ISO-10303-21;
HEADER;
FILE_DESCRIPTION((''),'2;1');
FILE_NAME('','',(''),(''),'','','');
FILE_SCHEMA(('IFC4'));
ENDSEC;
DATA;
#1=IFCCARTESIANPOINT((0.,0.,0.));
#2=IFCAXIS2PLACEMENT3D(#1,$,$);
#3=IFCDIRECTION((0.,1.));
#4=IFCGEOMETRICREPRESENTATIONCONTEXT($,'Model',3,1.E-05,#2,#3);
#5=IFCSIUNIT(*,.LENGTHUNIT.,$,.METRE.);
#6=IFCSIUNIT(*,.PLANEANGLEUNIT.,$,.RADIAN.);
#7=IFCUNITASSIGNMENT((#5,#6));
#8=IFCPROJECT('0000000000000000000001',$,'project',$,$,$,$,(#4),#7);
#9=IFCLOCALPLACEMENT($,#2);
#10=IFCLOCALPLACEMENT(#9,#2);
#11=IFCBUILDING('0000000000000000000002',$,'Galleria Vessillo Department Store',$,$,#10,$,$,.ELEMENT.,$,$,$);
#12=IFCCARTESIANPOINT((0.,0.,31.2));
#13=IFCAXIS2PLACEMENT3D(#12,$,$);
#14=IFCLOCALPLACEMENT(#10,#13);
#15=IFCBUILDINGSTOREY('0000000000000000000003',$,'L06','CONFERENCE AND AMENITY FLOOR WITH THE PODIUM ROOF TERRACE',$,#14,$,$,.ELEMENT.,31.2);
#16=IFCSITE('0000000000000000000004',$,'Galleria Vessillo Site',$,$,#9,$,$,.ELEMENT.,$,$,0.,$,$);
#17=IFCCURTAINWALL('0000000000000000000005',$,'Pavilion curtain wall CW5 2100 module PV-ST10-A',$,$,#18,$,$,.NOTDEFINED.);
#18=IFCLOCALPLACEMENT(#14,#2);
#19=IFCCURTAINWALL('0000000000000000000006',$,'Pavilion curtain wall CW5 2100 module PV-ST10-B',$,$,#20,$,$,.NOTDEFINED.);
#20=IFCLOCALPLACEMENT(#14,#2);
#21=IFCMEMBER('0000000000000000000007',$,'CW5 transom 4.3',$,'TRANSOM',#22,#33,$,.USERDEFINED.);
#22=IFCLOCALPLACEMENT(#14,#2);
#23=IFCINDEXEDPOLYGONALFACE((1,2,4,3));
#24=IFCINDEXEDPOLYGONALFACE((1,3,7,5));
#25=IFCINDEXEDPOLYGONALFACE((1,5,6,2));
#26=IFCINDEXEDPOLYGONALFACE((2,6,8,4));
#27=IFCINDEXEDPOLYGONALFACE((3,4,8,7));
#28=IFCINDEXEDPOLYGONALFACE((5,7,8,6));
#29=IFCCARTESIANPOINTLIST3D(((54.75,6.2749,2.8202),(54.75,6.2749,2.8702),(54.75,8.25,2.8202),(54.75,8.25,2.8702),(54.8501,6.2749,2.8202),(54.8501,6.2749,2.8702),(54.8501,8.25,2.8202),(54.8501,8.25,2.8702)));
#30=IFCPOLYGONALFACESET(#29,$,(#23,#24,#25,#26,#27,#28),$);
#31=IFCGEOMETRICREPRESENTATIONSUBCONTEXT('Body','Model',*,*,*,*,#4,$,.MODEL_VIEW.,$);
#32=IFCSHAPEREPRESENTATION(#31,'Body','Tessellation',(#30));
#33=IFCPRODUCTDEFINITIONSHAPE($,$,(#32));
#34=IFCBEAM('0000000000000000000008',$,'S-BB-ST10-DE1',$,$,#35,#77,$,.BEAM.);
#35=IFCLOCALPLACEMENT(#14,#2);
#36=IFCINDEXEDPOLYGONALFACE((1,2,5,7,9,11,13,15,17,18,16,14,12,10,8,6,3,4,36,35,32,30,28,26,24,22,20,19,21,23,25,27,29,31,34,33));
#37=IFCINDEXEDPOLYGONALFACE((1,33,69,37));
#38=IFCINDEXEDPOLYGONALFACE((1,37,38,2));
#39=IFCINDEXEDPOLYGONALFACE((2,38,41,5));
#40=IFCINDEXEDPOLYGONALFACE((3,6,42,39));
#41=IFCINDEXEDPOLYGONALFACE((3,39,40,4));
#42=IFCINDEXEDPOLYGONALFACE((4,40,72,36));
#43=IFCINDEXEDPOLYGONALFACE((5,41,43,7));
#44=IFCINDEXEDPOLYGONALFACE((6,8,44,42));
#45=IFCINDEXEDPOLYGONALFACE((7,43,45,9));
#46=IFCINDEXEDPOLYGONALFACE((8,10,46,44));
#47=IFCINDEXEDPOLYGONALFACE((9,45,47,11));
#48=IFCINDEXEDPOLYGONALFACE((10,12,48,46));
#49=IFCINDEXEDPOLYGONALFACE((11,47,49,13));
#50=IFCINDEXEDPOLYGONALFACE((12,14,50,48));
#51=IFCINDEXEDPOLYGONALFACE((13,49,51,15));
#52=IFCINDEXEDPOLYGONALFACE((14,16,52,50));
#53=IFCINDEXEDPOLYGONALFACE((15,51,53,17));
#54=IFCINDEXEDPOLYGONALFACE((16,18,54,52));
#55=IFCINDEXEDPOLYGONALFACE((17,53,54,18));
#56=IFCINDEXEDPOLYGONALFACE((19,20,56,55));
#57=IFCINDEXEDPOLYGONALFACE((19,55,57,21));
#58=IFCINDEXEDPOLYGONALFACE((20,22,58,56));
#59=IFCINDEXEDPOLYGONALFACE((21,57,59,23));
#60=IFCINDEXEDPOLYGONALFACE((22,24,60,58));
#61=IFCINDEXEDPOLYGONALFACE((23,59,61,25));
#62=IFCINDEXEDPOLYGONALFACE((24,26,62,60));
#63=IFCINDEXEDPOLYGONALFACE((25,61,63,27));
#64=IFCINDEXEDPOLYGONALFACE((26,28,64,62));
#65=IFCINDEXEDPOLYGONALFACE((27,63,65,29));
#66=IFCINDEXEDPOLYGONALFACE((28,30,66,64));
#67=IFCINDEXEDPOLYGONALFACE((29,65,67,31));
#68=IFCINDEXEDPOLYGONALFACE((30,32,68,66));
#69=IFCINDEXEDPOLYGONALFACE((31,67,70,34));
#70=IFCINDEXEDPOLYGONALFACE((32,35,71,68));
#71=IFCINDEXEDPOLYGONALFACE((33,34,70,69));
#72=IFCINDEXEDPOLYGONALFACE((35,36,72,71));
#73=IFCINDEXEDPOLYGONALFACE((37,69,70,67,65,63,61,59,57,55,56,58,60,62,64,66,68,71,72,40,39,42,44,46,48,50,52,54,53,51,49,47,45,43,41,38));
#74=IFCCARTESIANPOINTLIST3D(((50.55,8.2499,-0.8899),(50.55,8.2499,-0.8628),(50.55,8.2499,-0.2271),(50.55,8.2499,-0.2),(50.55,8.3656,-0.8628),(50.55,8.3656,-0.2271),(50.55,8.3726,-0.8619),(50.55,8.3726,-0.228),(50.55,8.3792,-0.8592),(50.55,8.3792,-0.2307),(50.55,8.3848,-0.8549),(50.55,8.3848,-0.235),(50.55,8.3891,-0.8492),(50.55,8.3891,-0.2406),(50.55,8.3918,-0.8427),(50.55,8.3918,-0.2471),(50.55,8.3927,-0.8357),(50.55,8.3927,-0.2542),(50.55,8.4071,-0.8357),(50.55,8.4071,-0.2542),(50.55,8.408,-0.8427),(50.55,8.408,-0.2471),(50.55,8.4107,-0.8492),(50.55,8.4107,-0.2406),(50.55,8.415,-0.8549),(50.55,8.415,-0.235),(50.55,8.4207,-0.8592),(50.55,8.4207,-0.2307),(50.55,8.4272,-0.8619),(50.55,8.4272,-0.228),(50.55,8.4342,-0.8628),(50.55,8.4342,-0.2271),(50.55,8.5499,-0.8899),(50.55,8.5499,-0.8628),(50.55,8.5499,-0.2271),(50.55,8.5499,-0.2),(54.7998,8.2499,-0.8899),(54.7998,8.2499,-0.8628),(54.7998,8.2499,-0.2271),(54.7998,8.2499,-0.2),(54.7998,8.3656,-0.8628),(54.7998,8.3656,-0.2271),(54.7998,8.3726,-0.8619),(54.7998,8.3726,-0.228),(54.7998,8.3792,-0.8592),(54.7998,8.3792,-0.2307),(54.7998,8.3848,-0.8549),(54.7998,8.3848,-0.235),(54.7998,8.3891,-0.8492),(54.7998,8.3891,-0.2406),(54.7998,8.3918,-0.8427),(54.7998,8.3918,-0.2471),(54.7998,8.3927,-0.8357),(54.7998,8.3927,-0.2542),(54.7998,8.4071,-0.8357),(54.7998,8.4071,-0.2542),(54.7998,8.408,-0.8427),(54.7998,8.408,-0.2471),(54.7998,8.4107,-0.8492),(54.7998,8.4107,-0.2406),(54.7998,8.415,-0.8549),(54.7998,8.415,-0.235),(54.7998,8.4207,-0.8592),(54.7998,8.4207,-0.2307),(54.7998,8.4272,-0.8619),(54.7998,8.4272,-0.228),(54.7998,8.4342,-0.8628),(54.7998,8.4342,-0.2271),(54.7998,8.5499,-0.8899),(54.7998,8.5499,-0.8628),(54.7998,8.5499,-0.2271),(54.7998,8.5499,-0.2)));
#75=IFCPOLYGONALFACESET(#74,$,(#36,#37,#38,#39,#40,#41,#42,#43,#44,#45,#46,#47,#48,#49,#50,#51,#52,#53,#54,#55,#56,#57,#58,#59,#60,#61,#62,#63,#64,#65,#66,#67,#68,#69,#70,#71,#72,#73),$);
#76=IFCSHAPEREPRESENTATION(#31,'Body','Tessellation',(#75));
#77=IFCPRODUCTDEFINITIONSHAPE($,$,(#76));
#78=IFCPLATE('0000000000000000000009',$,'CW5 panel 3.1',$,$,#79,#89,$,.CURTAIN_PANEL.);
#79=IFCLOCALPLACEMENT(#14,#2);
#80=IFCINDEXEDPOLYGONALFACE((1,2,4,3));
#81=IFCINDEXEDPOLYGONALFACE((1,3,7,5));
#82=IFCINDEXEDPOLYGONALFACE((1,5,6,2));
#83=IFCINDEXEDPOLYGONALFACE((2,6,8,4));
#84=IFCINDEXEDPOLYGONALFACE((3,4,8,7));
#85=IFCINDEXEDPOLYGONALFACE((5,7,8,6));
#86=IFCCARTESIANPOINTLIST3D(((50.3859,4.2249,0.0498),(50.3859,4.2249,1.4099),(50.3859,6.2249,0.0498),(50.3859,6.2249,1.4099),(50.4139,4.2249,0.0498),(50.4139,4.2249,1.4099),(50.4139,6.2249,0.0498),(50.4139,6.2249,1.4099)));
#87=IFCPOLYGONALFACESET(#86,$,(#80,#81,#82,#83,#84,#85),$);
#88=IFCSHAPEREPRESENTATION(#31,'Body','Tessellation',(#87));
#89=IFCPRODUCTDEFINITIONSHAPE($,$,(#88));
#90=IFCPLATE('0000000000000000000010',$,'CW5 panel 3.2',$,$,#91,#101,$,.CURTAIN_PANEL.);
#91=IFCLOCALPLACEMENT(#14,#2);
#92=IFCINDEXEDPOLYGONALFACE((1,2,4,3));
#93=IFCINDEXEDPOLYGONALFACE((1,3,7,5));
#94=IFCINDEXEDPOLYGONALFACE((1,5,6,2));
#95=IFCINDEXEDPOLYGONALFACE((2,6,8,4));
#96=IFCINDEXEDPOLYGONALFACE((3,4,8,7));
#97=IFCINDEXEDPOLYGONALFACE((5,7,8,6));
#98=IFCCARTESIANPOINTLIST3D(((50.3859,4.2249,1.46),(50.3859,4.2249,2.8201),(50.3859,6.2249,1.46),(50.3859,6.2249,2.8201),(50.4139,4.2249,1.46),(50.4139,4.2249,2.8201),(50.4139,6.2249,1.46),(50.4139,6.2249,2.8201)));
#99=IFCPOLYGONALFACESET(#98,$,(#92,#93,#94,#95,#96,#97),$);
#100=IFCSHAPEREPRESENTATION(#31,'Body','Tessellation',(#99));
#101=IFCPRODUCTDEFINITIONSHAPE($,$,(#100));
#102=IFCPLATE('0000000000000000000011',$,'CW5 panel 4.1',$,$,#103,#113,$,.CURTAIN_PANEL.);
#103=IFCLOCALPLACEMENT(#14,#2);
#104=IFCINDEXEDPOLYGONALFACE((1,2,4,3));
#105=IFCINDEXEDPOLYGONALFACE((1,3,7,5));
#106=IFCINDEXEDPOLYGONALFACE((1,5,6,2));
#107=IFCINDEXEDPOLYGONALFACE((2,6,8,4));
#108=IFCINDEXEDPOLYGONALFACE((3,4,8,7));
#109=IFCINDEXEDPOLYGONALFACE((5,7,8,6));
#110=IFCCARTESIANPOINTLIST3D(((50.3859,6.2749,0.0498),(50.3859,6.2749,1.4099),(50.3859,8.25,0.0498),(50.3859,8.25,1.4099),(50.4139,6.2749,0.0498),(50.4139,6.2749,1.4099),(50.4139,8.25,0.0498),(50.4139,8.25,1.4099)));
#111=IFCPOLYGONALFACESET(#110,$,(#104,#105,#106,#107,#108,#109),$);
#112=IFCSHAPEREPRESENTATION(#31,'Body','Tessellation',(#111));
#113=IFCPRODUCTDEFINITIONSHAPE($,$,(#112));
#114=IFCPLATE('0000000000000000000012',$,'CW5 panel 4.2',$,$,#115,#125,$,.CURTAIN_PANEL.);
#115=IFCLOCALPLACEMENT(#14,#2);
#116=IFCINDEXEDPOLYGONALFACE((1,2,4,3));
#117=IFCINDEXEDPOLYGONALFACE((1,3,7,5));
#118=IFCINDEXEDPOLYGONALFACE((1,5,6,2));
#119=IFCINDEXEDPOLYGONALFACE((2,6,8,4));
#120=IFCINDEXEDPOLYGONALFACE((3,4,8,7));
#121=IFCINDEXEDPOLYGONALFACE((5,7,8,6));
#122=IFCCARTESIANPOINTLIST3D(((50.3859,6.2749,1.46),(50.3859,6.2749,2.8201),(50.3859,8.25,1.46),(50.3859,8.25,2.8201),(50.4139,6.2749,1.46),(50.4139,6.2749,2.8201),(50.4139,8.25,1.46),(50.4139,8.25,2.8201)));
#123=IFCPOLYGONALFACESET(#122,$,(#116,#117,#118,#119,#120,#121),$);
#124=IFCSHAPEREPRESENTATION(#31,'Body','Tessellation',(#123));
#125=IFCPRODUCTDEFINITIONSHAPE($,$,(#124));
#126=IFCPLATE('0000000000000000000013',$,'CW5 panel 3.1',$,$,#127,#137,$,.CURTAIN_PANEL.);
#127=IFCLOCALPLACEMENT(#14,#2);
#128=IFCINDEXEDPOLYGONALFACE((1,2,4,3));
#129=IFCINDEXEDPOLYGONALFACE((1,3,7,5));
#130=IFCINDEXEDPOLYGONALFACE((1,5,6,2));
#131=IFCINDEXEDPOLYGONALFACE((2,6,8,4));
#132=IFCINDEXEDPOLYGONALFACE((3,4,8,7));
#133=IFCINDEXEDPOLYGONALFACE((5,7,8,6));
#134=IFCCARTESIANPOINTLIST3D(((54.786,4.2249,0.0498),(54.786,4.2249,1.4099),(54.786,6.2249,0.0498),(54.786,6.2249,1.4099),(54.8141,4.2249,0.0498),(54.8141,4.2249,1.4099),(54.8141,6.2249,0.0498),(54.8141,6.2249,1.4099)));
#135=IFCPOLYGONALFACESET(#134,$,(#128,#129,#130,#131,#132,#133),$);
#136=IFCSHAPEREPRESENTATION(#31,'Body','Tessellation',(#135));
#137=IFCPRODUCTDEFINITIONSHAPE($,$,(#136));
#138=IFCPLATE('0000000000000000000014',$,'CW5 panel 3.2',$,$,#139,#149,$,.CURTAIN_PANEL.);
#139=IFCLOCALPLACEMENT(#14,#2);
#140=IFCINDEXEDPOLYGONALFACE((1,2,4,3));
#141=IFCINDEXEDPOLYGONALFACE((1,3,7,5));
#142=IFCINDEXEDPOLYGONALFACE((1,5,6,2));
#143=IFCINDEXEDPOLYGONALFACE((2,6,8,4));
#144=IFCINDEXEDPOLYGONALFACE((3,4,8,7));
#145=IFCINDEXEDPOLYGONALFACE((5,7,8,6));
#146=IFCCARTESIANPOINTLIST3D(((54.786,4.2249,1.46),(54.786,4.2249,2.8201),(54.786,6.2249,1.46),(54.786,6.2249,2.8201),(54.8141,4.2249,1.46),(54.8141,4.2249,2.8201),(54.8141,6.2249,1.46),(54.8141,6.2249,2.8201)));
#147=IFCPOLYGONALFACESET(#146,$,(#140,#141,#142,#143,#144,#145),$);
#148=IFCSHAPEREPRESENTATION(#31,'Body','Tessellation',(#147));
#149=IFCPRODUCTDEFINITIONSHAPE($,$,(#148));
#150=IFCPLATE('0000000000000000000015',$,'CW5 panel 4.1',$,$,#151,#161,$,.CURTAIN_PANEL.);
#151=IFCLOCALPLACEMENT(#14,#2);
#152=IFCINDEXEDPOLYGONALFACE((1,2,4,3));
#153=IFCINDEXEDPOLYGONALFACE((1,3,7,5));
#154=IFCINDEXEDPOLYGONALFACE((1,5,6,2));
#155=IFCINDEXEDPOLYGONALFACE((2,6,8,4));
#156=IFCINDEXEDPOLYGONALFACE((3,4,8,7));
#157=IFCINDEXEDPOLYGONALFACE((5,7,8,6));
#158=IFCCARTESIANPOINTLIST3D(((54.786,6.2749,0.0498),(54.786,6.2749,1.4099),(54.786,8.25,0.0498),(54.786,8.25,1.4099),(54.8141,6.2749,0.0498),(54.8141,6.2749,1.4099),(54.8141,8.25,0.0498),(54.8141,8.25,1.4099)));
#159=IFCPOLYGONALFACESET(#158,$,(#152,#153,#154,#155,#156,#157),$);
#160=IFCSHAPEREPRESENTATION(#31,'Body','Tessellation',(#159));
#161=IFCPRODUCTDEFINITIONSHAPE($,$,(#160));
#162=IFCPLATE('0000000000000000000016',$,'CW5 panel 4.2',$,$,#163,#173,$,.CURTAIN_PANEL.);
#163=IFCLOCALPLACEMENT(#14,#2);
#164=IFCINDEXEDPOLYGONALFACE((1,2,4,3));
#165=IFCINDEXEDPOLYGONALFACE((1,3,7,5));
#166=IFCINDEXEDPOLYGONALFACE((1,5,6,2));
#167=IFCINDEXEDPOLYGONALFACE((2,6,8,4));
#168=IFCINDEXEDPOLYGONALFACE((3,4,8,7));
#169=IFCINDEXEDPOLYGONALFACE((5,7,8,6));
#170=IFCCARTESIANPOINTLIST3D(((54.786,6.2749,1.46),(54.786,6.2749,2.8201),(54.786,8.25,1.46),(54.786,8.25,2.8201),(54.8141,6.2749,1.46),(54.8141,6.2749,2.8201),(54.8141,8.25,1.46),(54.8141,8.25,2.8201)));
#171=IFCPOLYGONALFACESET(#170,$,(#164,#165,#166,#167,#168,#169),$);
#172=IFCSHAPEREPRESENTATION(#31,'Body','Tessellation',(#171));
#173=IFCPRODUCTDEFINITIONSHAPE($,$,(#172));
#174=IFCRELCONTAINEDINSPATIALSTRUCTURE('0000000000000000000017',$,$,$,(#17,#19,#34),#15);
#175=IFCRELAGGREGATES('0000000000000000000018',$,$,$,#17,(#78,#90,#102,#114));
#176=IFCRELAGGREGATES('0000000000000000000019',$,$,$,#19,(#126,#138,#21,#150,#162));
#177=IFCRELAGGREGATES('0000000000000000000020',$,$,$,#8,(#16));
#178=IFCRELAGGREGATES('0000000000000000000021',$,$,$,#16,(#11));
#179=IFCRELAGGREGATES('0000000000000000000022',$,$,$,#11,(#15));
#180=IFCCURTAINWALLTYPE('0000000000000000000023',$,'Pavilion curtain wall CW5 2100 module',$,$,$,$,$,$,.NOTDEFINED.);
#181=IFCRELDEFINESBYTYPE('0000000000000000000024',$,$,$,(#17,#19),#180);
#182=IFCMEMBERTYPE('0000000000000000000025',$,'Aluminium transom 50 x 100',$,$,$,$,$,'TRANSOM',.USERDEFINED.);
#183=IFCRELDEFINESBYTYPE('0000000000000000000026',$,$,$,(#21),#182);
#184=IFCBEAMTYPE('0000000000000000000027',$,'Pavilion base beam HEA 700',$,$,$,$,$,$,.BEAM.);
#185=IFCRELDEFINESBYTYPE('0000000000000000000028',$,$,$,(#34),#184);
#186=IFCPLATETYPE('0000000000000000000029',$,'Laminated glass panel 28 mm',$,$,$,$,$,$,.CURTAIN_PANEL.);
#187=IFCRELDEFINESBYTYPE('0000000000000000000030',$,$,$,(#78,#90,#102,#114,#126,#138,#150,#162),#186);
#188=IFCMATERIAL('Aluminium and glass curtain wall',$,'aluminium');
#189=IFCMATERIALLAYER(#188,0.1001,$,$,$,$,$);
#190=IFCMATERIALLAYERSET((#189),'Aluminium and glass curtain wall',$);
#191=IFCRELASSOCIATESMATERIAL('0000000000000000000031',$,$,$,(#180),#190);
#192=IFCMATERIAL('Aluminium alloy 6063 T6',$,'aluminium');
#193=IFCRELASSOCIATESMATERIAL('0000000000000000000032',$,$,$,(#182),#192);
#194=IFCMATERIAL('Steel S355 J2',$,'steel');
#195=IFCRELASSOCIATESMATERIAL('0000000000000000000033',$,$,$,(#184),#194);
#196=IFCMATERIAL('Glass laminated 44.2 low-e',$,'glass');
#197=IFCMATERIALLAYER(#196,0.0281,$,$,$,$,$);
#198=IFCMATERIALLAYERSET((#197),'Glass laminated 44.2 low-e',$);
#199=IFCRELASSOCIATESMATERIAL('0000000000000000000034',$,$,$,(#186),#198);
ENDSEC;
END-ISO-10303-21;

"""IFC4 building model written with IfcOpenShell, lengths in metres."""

from ifc_helpers import new_model, si_unit, direction, frame, origin, origin_2d, place, context, subcontext, project, spatial, rectangle, i_section, extrude, material, layer, layer_set, material_profile, profile_set, type_object, element, aggregate, save


model = new_model("IFC4")

# Units and contexts
model_context = context("Model", 3, precision=1e-05, world=origin(), true_north=direction((0.0, 1.0)))
body_context = subcontext(model_context, "Body", "Model", "MODEL_VIEW")
ifc_project = project(units=[si_unit("LENGTHUNIT", "METRE"), si_unit("PLANEANGLEUNIT", "RADIAN")], contexts=[model_context])

# Site, building, storey
site_placement = place(None, origin())
site = spatial("IfcSite", under=ifc_project, at=site_placement, Name="Galleria Vessillo Site", CompositionType="ELEMENT", RefElevation=0.0)
building_placement = place(site_placement, origin())
building = spatial("IfcBuilding", under=site, at=building_placement, Name="Galleria Vessillo Department Store", CompositionType="ELEMENT")
storey_placement = place(building_placement, frame((0.0, 0.0, 31.2)))
storey = spatial("IfcBuildingStorey", under=building, at=storey_placement, Name="L06", Description="CONFERENCE AND AMENITY FLOOR WITH THE PODIUM ROOF TERRACE", CompositionType="ELEMENT", Elevation=31.2)

# Curtain walls
ifc_material_1 = material(Name="Aluminium and glass curtain wall", Category="aluminium")
ifc_layer_1 = layer(ifc_material_1, 0.1001)
ifc_layer_set_1 = layer_set([ifc_layer_1], Name="Aluminium and glass curtain wall")
curtain_wall_type = type_object("IfcCurtainWallType", Name="Pavilion curtain wall CW5 2100 module", PredefinedType="NOTDEFINED", material=ifc_layer_set_1)
curtain_wall_1_placement = place(storey_placement, origin())
curtain_wall_1 = element("IfcCurtainWall", 1, at=curtain_wall_1_placement, inside=storey, type_object=curtain_wall_type, Name="Pavilion curtain wall CW5 2100 module PV-ST10-A", PredefinedType="NOTDEFINED")
curtain_wall_2_placement = place(storey_placement, origin())
curtain_wall_2 = element("IfcCurtainWall", 2, at=curtain_wall_2_placement, inside=storey, type_object=curtain_wall_type, Name="Pavilion curtain wall CW5 2100 module PV-ST10-B", PredefinedType="NOTDEFINED")

# Member
ifc_material_2 = material(Name="Aluminium alloy 6063 T6", Category="aluminium")
ifc_material_profile_1 = material_profile(ifc_material_2, rectangle(XDim=0.1001, YDim=0.05, at=origin_2d()), Name="AL 50x100")
ifc_profile_set_1 = profile_set([ifc_material_profile_1], Name="Aluminium alloy 6063 T6")
member_type_1 = type_object("IfcMemberType", Name="Aluminium transom 50 x 100", ElementType="TRANSOM", PredefinedType="USERDEFINED", material=ifc_profile_set_1)
member_1_placement = place(storey_placement, frame((54.8, 6.2749, 2.8452), z_axis=(0.0, 1.0, 0.0), x_axis=(-1.0, 0.0, 0.0)))
member_1 = element("IfcMember", 3, at=member_1_placement, type_object=member_type_1, Name="CW5 transom 4.3", ObjectType="TRANSOM", PredefinedType="USERDEFINED", context=body_context, shape_type="SweptSolid", body=[
    extrude(rectangle(XDim=0.1001, YDim=0.05, at=origin_2d()), origin(), (0.0, 0.0, 1.0), 1.9751),
])

# Beam
ifc_material_3 = material(Name="Steel S355 J2", Category="steel")
ifc_material_profile_2 = material_profile(ifc_material_3, i_section(OverallWidth=0.3, OverallDepth=0.6899, WebThickness=0.0144, FlangeThickness=0.0271, FilletRadius=0.0271, at=origin_2d()), Name="HEA 700")
ifc_profile_set_2 = profile_set([ifc_material_profile_2], Name="Steel S355 J2")
beam_type = type_object("IfcBeamType", Name="Pavilion base beam HEA 700", PredefinedType="BEAM", material=ifc_profile_set_2)
beam_placement = place(storey_placement, frame((50.55, 8.3999, -0.5449), z_axis=(1.0, 0.0, 0.0), x_axis=(0.0, 1.0, 0.0)))
element("IfcBeam", 4, at=beam_placement, inside=storey, type_object=beam_type, Name="S-BB-ST10-DE1", PredefinedType="BEAM", context=body_context, shape_type="SweptSolid", body=[
    extrude(i_section(OverallWidth=0.3, OverallDepth=0.6899, WebThickness=0.0144, FlangeThickness=0.0271, FilletRadius=0.0271, at=origin_2d()), origin(), (0.0, 0.0, 1.0), 4.2498),
])

# Plates
ifc_material_4 = material(Name="Glass laminated 44.2 low-e", Category="glass")
ifc_layer_2 = layer(ifc_material_4, 0.0281)
ifc_layer_set_2 = layer_set([ifc_layer_2], Name="Glass laminated 44.2 low-e")
plate_type = type_object("IfcPlateType", Name="Laminated glass panel 28 mm", PredefinedType="CURTAIN_PANEL", material=ifc_layer_set_2)
plate_1_placement = place(storey_placement, frame((50.3999, 5.2249, 0.0498), z_axis=(0.0, 0.0, 1.0), x_axis=(0.0, 1.0, 0.0)))
plate_1 = element("IfcPlate", 5, at=plate_1_placement, type_object=plate_type, Name="CW5 panel 3.1", PredefinedType="CURTAIN_PANEL", context=body_context, shape_type="SweptSolid", body=[
    extrude(rectangle(XDim=2.0, YDim=0.0281, at=origin_2d()), origin(), (0.0, 0.0, 1.0), 1.3601),
])
plate_2_placement = place(storey_placement, frame((50.3999, 5.2249, 1.46), z_axis=(0.0, 0.0, 1.0), x_axis=(0.0, 1.0, 0.0)))
plate_2 = element("IfcPlate", 6, at=plate_2_placement, type_object=plate_type, Name="CW5 panel 3.2", PredefinedType="CURTAIN_PANEL", context=body_context, shape_type="SweptSolid", body=[
    extrude(rectangle(XDim=2.0, YDim=0.0281, at=origin_2d()), origin(), (0.0, 0.0, 1.0), 1.3601),
])
plate_3_placement = place(storey_placement, frame((50.3999, 7.2625, 0.0498), z_axis=(0.0, 0.0, 1.0), x_axis=(0.0, 1.0, 0.0)))
plate_3 = element("IfcPlate", 7, at=plate_3_placement, type_object=plate_type, Name="CW5 panel 4.1", PredefinedType="CURTAIN_PANEL", context=body_context, shape_type="SweptSolid", body=[
    extrude(rectangle(XDim=1.9751, YDim=0.0281, at=origin_2d()), origin(), (0.0, 0.0, 1.0), 1.3601),
])
plate_4_placement = place(storey_placement, frame((50.3999, 7.2625, 1.46), z_axis=(0.0, 0.0, 1.0), x_axis=(0.0, 1.0, 0.0)))
plate_4 = element("IfcPlate", 8, at=plate_4_placement, type_object=plate_type, Name="CW5 panel 4.2", PredefinedType="CURTAIN_PANEL", context=body_context, shape_type="SweptSolid", body=[
    extrude(rectangle(XDim=1.9751, YDim=0.0281, at=origin_2d()), origin(), (0.0, 0.0, 1.0), 1.3601),
])
aggregate(curtain_wall_1, [plate_1, plate_2, plate_3, plate_4])
plate_5_placement = place(storey_placement, frame((54.8, 5.2249, 0.0498), z_axis=(0.0, 0.0, 1.0), x_axis=(0.0, 1.0, 0.0)))
plate_5 = element("IfcPlate", 9, at=plate_5_placement, type_object=plate_type, Name="CW5 panel 3.1", PredefinedType="CURTAIN_PANEL", context=body_context, shape_type="SweptSolid", body=[
    extrude(rectangle(XDim=2.0, YDim=0.0281, at=origin_2d()), origin(), (0.0, 0.0, 1.0), 1.3601),
])
plate_6_placement = place(storey_placement, frame((54.8, 5.2249, 1.46), z_axis=(0.0, 0.0, 1.0), x_axis=(0.0, 1.0, 0.0)))
plate_6 = element("IfcPlate", 10, at=plate_6_placement, type_object=plate_type, Name="CW5 panel 3.2", PredefinedType="CURTAIN_PANEL", context=body_context, shape_type="SweptSolid", body=[
    extrude(rectangle(XDim=2.0, YDim=0.0281, at=origin_2d()), origin(), (0.0, 0.0, 1.0), 1.3601),
])
plate_7_placement = place(storey_placement, frame((54.8, 7.2625, 0.0498), z_axis=(0.0, 0.0, 1.0), x_axis=(0.0, 1.0, 0.0)))
plate_7 = element("IfcPlate", 11, at=plate_7_placement, type_object=plate_type, Name="CW5 panel 4.1", PredefinedType="CURTAIN_PANEL", context=body_context, shape_type="SweptSolid", body=[
    extrude(rectangle(XDim=1.9751, YDim=0.0281, at=origin_2d()), origin(), (0.0, 0.0, 1.0), 1.3601),
])
plate_8_placement = place(storey_placement, frame((54.8, 7.2625, 1.46), z_axis=(0.0, 0.0, 1.0), x_axis=(0.0, 1.0, 0.0)))
plate_8 = element("IfcPlate", 12, at=plate_8_placement, type_object=plate_type, Name="CW5 panel 4.2", PredefinedType="CURTAIN_PANEL", context=body_context, shape_type="SweptSolid", body=[
    extrude(rectangle(XDim=1.9751, YDim=0.0281, at=origin_2d()), origin(), (0.0, 0.0, 1.0), 1.3601),
])
aggregate(curtain_wall_2, [plate_5, plate_6, member_1, plate_7, plate_8])

save(model, "model.ifc")
